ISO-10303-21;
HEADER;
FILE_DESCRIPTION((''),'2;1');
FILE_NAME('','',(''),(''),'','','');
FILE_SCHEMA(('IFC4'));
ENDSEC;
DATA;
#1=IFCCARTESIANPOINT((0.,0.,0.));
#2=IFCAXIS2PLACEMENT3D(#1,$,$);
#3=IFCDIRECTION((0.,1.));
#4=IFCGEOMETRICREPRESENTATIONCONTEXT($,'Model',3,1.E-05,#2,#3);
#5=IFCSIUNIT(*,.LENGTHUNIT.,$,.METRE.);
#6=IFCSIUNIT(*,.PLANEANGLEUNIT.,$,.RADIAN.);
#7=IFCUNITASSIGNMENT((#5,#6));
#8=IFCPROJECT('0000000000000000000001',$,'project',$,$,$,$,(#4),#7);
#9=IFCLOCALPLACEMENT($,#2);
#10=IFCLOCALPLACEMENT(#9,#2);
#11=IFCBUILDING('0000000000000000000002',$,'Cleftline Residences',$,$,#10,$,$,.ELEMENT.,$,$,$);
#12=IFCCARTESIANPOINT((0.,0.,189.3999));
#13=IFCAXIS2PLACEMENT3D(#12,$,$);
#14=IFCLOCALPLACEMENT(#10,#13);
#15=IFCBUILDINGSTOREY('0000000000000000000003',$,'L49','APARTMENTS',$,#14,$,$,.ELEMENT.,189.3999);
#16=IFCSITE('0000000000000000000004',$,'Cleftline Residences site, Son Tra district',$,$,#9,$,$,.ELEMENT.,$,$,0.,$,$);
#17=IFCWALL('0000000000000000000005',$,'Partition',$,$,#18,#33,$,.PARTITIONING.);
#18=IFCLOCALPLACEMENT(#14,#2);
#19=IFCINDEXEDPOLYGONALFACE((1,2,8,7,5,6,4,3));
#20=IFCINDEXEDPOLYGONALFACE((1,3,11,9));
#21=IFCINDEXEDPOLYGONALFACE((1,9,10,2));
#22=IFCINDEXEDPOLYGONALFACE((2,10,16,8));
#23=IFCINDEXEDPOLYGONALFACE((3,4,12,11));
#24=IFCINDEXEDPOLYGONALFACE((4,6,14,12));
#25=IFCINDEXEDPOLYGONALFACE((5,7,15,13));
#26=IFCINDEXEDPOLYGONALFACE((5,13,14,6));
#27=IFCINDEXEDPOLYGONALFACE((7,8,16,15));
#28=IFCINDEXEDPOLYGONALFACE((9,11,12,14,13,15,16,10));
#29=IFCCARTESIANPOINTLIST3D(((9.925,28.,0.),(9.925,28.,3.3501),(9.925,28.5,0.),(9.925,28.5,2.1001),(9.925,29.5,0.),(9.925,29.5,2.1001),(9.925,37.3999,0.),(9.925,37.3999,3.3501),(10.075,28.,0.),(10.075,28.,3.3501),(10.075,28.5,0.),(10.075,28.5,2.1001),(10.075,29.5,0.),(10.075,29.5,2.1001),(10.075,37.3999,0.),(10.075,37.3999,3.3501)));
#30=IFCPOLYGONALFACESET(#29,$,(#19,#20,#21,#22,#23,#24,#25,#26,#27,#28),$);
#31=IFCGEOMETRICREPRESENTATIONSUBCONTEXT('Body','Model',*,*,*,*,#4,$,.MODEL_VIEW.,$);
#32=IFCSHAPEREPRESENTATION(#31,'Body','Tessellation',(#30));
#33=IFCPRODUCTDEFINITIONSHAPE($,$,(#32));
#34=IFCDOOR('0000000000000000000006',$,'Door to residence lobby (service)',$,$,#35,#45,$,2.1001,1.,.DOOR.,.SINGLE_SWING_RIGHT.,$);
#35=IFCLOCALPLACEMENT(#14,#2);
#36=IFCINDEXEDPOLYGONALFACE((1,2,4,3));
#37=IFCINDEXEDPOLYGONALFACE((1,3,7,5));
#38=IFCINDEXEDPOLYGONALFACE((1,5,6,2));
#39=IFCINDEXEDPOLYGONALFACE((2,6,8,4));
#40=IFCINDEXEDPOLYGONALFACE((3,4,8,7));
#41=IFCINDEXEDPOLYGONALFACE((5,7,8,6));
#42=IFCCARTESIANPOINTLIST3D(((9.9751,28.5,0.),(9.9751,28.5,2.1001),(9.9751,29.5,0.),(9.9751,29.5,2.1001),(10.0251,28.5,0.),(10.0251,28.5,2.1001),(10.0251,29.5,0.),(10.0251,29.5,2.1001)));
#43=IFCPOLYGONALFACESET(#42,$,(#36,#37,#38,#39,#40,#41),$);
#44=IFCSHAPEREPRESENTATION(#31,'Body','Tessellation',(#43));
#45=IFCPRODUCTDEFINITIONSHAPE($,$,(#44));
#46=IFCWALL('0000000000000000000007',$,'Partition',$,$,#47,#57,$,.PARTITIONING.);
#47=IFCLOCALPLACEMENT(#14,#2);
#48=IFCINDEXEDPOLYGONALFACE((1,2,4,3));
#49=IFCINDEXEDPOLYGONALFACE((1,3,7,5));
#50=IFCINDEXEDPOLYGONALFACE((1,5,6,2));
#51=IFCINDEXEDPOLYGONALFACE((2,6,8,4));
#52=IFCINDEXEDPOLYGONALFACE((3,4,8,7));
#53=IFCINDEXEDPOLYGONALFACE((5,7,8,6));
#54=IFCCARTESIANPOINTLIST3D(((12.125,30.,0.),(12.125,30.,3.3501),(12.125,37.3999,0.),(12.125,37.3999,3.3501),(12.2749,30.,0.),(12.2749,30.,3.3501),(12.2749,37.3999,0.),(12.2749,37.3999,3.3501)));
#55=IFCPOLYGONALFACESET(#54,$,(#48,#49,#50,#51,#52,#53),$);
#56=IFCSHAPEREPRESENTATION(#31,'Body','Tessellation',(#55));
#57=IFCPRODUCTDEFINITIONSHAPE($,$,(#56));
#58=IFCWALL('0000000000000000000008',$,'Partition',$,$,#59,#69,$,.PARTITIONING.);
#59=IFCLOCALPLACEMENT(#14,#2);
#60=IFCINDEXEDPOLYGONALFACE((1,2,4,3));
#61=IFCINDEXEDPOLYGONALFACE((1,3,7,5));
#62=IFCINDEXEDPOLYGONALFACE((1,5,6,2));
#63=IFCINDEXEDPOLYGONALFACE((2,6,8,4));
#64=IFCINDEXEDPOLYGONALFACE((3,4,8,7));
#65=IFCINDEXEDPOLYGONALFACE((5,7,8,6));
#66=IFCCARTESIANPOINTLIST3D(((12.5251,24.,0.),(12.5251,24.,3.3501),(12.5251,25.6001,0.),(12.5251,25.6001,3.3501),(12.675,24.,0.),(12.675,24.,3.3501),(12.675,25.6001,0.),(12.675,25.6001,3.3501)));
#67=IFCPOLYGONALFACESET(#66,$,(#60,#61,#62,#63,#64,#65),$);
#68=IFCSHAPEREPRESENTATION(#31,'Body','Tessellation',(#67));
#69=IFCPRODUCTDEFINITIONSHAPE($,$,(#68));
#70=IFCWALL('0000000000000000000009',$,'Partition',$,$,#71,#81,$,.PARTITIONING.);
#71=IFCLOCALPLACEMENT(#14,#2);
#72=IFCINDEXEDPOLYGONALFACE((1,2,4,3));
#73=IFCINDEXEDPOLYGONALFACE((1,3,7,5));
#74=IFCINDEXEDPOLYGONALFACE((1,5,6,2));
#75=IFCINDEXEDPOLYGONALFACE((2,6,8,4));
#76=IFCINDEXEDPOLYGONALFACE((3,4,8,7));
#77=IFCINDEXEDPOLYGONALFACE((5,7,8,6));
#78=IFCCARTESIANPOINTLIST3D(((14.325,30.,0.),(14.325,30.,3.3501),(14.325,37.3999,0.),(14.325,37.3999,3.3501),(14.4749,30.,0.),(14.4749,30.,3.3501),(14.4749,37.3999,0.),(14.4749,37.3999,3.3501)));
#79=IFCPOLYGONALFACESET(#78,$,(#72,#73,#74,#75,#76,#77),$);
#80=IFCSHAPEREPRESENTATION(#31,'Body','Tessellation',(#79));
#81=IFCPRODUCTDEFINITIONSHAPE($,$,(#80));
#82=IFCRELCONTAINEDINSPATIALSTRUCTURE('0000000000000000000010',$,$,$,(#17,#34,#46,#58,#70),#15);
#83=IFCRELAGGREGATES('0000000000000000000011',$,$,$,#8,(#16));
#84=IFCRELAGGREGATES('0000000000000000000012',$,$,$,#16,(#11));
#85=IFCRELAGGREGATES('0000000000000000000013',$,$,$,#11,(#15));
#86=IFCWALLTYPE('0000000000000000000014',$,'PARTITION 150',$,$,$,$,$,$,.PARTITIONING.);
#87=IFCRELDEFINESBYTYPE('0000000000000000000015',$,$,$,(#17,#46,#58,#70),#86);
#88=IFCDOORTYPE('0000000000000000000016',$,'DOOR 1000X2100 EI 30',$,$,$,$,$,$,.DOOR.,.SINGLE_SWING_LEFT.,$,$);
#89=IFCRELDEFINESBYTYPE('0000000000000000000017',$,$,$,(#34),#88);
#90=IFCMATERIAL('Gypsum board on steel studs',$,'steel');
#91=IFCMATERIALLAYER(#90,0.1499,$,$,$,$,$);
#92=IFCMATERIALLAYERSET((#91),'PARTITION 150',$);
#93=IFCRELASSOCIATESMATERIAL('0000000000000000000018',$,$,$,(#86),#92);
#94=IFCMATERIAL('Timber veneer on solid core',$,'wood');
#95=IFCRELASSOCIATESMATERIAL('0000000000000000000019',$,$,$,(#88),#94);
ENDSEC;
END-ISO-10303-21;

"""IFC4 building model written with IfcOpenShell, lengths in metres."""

from ifc_helpers import new_model, si_unit, direction, frame, frame_2d, origin, place, context, subcontext, project, spatial, rectangle, extrude, material, layer, layer_set, type_object, element, fill, save


model = new_model("IFC4")

# Units and contexts
model_context = context("Model", 3, precision=1e-05, world=origin(), true_north=direction((0.0, 1.0)))
body_context = subcontext(model_context, "Body", "Model", "MODEL_VIEW")
ifc_project = project(units=[si_unit("LENGTHUNIT", "METRE"), si_unit("PLANEANGLEUNIT", "RADIAN")], contexts=[model_context])

# Site, building, storey
site_placement = place(None, origin())
site = spatial("IfcSite", under=ifc_project, at=site_placement, Name="Cleftline Residences site, Son Tra district", CompositionType="ELEMENT", RefElevation=0.0)
building_placement = place(site_placement, origin())
building = spatial("IfcBuilding", under=site, at=building_placement, Name="Cleftline Residences", CompositionType="ELEMENT")
storey_placement = place(building_placement, frame((0.0, 0.0, 189.3999)))
storey = spatial("IfcBuildingStorey", under=building, at=storey_placement, Name="L49", Description="APARTMENTS", CompositionType="ELEMENT", Elevation=189.3999)

# Shared definitions
ifc_material_1 = material(Name="Gypsum board on steel studs", Category="steel")
ifc_layer_1 = layer(ifc_material_1, 0.1499)
ifc_layer_set_1 = layer_set([ifc_layer_1], Name="PARTITION 150")
wall_type_1 = type_object("IfcWallType", Name="PARTITION 150", PredefinedType="PARTITIONING", material=ifc_layer_set_1)

# Wall, opening, door
wall_1_placement = place(storey_placement, frame((10.0, 28.0, 0.0), z_axis=(0.0, 0.0, 1.0), x_axis=(0.0, 1.0, 0.0)))
wall_1 = element("IfcWall", 1, at=wall_1_placement, inside=storey, type_object=wall_type_1, Name="Partition", PredefinedType="PARTITIONING", context=body_context, shape_type="SweptSolid", body=[
    extrude(rectangle(XDim=9.3999, YDim=0.1499, at=frame_2d((4.7, 0.0))), origin(), (0.0, 0.0, 1.0), 3.3501),
])
opening_1_placement = place(wall_1_placement, frame((0.5, 0.0, 0.0)))
opening_1 = element("IfcOpeningElement", 2, at=opening_1_placement, cuts=wall_1, PredefinedType="OPENING", context=body_context, shape_type="SweptSolid", body=[
    extrude(rectangle(XDim=1.0, YDim=2.1001, at=frame_2d((0.5, 1.05))), frame((0.0, 0.085, 0.0), z_axis=(0.0, -1.0, 0.0), x_axis=(1.0, 0.0, 0.0)), (0.0, 0.0, 1.0), 0.1699),
])
ifc_material_2 = material(Name="Timber veneer on solid core", Category="wood")
door_type_1 = type_object("IfcDoorType", Name="DOOR 1000X2100 EI 30", OperationType="SINGLE_SWING_LEFT", PredefinedType="DOOR", material=ifc_material_2)
door_1_placement = place(opening_1_placement, origin())
door_1 = element("IfcDoor", 3, at=door_1_placement, inside=storey, type_object=door_type_1, Name="Door to residence lobby (service)", OperationType="SINGLE_SWING_RIGHT", OverallHeight=2.1001, OverallWidth=1.0, PredefinedType="DOOR", context=body_context, shape_type="SweptSolid", body=[
    extrude(rectangle(XDim=1.0, YDim=2.1001, at=frame_2d((0.5, 1.05))), frame((0.0, 0.0249, 0.0), z_axis=(0.0, -1.0, 0.0), x_axis=(1.0, 0.0, 0.0)), (0.0, 0.0, 1.0), 0.05),
])
fill(opening_1, door_1)

# Walls
wall_2_placement = place(storey_placement, frame((12.2, 30.0, 0.0), z_axis=(0.0, 0.0, 1.0), x_axis=(0.0, 1.0, 0.0)))
element("IfcWall", 4, at=wall_2_placement, inside=storey, type_object=wall_type_1, Name="Partition", PredefinedType="PARTITIONING", context=body_context, shape_type="SweptSolid", body=[
    extrude(rectangle(XDim=7.3999, YDim=0.1499, at=frame_2d((3.7, 0.0))), origin(), (0.0, 0.0, 1.0), 3.3501),
])
wall_3_placement = place(storey_placement, frame((12.6001, 24.0, 0.0), z_axis=(0.0, 0.0, 1.0), x_axis=(0.0, 1.0, 0.0)))
element("IfcWall", 5, at=wall_3_placement, inside=storey, type_object=wall_type_1, Name="Partition", PredefinedType="PARTITIONING", context=body_context, shape_type="SweptSolid", body=[
    extrude(rectangle(XDim=1.6001, YDim=0.1499, at=frame_2d((0.8, 0.0))), origin(), (0.0, 0.0, 1.0), 3.3501),
])
wall_4_placement = place(storey_placement, frame((14.3999, 30.0, 0.0), z_axis=(0.0, 0.0, 1.0), x_axis=(0.0, 1.0, 0.0)))
element("IfcWall", 6, at=wall_4_placement, inside=storey, type_object=wall_type_1, Name="Partition", PredefinedType="PARTITIONING", context=body_context, shape_type="SweptSolid", body=[
    extrude(rectangle(XDim=7.3999, YDim=0.1499, at=frame_2d((3.7, 0.0))), origin(), (0.0, 0.0, 1.0), 3.3501),
])

save(model, "model.ifc")
